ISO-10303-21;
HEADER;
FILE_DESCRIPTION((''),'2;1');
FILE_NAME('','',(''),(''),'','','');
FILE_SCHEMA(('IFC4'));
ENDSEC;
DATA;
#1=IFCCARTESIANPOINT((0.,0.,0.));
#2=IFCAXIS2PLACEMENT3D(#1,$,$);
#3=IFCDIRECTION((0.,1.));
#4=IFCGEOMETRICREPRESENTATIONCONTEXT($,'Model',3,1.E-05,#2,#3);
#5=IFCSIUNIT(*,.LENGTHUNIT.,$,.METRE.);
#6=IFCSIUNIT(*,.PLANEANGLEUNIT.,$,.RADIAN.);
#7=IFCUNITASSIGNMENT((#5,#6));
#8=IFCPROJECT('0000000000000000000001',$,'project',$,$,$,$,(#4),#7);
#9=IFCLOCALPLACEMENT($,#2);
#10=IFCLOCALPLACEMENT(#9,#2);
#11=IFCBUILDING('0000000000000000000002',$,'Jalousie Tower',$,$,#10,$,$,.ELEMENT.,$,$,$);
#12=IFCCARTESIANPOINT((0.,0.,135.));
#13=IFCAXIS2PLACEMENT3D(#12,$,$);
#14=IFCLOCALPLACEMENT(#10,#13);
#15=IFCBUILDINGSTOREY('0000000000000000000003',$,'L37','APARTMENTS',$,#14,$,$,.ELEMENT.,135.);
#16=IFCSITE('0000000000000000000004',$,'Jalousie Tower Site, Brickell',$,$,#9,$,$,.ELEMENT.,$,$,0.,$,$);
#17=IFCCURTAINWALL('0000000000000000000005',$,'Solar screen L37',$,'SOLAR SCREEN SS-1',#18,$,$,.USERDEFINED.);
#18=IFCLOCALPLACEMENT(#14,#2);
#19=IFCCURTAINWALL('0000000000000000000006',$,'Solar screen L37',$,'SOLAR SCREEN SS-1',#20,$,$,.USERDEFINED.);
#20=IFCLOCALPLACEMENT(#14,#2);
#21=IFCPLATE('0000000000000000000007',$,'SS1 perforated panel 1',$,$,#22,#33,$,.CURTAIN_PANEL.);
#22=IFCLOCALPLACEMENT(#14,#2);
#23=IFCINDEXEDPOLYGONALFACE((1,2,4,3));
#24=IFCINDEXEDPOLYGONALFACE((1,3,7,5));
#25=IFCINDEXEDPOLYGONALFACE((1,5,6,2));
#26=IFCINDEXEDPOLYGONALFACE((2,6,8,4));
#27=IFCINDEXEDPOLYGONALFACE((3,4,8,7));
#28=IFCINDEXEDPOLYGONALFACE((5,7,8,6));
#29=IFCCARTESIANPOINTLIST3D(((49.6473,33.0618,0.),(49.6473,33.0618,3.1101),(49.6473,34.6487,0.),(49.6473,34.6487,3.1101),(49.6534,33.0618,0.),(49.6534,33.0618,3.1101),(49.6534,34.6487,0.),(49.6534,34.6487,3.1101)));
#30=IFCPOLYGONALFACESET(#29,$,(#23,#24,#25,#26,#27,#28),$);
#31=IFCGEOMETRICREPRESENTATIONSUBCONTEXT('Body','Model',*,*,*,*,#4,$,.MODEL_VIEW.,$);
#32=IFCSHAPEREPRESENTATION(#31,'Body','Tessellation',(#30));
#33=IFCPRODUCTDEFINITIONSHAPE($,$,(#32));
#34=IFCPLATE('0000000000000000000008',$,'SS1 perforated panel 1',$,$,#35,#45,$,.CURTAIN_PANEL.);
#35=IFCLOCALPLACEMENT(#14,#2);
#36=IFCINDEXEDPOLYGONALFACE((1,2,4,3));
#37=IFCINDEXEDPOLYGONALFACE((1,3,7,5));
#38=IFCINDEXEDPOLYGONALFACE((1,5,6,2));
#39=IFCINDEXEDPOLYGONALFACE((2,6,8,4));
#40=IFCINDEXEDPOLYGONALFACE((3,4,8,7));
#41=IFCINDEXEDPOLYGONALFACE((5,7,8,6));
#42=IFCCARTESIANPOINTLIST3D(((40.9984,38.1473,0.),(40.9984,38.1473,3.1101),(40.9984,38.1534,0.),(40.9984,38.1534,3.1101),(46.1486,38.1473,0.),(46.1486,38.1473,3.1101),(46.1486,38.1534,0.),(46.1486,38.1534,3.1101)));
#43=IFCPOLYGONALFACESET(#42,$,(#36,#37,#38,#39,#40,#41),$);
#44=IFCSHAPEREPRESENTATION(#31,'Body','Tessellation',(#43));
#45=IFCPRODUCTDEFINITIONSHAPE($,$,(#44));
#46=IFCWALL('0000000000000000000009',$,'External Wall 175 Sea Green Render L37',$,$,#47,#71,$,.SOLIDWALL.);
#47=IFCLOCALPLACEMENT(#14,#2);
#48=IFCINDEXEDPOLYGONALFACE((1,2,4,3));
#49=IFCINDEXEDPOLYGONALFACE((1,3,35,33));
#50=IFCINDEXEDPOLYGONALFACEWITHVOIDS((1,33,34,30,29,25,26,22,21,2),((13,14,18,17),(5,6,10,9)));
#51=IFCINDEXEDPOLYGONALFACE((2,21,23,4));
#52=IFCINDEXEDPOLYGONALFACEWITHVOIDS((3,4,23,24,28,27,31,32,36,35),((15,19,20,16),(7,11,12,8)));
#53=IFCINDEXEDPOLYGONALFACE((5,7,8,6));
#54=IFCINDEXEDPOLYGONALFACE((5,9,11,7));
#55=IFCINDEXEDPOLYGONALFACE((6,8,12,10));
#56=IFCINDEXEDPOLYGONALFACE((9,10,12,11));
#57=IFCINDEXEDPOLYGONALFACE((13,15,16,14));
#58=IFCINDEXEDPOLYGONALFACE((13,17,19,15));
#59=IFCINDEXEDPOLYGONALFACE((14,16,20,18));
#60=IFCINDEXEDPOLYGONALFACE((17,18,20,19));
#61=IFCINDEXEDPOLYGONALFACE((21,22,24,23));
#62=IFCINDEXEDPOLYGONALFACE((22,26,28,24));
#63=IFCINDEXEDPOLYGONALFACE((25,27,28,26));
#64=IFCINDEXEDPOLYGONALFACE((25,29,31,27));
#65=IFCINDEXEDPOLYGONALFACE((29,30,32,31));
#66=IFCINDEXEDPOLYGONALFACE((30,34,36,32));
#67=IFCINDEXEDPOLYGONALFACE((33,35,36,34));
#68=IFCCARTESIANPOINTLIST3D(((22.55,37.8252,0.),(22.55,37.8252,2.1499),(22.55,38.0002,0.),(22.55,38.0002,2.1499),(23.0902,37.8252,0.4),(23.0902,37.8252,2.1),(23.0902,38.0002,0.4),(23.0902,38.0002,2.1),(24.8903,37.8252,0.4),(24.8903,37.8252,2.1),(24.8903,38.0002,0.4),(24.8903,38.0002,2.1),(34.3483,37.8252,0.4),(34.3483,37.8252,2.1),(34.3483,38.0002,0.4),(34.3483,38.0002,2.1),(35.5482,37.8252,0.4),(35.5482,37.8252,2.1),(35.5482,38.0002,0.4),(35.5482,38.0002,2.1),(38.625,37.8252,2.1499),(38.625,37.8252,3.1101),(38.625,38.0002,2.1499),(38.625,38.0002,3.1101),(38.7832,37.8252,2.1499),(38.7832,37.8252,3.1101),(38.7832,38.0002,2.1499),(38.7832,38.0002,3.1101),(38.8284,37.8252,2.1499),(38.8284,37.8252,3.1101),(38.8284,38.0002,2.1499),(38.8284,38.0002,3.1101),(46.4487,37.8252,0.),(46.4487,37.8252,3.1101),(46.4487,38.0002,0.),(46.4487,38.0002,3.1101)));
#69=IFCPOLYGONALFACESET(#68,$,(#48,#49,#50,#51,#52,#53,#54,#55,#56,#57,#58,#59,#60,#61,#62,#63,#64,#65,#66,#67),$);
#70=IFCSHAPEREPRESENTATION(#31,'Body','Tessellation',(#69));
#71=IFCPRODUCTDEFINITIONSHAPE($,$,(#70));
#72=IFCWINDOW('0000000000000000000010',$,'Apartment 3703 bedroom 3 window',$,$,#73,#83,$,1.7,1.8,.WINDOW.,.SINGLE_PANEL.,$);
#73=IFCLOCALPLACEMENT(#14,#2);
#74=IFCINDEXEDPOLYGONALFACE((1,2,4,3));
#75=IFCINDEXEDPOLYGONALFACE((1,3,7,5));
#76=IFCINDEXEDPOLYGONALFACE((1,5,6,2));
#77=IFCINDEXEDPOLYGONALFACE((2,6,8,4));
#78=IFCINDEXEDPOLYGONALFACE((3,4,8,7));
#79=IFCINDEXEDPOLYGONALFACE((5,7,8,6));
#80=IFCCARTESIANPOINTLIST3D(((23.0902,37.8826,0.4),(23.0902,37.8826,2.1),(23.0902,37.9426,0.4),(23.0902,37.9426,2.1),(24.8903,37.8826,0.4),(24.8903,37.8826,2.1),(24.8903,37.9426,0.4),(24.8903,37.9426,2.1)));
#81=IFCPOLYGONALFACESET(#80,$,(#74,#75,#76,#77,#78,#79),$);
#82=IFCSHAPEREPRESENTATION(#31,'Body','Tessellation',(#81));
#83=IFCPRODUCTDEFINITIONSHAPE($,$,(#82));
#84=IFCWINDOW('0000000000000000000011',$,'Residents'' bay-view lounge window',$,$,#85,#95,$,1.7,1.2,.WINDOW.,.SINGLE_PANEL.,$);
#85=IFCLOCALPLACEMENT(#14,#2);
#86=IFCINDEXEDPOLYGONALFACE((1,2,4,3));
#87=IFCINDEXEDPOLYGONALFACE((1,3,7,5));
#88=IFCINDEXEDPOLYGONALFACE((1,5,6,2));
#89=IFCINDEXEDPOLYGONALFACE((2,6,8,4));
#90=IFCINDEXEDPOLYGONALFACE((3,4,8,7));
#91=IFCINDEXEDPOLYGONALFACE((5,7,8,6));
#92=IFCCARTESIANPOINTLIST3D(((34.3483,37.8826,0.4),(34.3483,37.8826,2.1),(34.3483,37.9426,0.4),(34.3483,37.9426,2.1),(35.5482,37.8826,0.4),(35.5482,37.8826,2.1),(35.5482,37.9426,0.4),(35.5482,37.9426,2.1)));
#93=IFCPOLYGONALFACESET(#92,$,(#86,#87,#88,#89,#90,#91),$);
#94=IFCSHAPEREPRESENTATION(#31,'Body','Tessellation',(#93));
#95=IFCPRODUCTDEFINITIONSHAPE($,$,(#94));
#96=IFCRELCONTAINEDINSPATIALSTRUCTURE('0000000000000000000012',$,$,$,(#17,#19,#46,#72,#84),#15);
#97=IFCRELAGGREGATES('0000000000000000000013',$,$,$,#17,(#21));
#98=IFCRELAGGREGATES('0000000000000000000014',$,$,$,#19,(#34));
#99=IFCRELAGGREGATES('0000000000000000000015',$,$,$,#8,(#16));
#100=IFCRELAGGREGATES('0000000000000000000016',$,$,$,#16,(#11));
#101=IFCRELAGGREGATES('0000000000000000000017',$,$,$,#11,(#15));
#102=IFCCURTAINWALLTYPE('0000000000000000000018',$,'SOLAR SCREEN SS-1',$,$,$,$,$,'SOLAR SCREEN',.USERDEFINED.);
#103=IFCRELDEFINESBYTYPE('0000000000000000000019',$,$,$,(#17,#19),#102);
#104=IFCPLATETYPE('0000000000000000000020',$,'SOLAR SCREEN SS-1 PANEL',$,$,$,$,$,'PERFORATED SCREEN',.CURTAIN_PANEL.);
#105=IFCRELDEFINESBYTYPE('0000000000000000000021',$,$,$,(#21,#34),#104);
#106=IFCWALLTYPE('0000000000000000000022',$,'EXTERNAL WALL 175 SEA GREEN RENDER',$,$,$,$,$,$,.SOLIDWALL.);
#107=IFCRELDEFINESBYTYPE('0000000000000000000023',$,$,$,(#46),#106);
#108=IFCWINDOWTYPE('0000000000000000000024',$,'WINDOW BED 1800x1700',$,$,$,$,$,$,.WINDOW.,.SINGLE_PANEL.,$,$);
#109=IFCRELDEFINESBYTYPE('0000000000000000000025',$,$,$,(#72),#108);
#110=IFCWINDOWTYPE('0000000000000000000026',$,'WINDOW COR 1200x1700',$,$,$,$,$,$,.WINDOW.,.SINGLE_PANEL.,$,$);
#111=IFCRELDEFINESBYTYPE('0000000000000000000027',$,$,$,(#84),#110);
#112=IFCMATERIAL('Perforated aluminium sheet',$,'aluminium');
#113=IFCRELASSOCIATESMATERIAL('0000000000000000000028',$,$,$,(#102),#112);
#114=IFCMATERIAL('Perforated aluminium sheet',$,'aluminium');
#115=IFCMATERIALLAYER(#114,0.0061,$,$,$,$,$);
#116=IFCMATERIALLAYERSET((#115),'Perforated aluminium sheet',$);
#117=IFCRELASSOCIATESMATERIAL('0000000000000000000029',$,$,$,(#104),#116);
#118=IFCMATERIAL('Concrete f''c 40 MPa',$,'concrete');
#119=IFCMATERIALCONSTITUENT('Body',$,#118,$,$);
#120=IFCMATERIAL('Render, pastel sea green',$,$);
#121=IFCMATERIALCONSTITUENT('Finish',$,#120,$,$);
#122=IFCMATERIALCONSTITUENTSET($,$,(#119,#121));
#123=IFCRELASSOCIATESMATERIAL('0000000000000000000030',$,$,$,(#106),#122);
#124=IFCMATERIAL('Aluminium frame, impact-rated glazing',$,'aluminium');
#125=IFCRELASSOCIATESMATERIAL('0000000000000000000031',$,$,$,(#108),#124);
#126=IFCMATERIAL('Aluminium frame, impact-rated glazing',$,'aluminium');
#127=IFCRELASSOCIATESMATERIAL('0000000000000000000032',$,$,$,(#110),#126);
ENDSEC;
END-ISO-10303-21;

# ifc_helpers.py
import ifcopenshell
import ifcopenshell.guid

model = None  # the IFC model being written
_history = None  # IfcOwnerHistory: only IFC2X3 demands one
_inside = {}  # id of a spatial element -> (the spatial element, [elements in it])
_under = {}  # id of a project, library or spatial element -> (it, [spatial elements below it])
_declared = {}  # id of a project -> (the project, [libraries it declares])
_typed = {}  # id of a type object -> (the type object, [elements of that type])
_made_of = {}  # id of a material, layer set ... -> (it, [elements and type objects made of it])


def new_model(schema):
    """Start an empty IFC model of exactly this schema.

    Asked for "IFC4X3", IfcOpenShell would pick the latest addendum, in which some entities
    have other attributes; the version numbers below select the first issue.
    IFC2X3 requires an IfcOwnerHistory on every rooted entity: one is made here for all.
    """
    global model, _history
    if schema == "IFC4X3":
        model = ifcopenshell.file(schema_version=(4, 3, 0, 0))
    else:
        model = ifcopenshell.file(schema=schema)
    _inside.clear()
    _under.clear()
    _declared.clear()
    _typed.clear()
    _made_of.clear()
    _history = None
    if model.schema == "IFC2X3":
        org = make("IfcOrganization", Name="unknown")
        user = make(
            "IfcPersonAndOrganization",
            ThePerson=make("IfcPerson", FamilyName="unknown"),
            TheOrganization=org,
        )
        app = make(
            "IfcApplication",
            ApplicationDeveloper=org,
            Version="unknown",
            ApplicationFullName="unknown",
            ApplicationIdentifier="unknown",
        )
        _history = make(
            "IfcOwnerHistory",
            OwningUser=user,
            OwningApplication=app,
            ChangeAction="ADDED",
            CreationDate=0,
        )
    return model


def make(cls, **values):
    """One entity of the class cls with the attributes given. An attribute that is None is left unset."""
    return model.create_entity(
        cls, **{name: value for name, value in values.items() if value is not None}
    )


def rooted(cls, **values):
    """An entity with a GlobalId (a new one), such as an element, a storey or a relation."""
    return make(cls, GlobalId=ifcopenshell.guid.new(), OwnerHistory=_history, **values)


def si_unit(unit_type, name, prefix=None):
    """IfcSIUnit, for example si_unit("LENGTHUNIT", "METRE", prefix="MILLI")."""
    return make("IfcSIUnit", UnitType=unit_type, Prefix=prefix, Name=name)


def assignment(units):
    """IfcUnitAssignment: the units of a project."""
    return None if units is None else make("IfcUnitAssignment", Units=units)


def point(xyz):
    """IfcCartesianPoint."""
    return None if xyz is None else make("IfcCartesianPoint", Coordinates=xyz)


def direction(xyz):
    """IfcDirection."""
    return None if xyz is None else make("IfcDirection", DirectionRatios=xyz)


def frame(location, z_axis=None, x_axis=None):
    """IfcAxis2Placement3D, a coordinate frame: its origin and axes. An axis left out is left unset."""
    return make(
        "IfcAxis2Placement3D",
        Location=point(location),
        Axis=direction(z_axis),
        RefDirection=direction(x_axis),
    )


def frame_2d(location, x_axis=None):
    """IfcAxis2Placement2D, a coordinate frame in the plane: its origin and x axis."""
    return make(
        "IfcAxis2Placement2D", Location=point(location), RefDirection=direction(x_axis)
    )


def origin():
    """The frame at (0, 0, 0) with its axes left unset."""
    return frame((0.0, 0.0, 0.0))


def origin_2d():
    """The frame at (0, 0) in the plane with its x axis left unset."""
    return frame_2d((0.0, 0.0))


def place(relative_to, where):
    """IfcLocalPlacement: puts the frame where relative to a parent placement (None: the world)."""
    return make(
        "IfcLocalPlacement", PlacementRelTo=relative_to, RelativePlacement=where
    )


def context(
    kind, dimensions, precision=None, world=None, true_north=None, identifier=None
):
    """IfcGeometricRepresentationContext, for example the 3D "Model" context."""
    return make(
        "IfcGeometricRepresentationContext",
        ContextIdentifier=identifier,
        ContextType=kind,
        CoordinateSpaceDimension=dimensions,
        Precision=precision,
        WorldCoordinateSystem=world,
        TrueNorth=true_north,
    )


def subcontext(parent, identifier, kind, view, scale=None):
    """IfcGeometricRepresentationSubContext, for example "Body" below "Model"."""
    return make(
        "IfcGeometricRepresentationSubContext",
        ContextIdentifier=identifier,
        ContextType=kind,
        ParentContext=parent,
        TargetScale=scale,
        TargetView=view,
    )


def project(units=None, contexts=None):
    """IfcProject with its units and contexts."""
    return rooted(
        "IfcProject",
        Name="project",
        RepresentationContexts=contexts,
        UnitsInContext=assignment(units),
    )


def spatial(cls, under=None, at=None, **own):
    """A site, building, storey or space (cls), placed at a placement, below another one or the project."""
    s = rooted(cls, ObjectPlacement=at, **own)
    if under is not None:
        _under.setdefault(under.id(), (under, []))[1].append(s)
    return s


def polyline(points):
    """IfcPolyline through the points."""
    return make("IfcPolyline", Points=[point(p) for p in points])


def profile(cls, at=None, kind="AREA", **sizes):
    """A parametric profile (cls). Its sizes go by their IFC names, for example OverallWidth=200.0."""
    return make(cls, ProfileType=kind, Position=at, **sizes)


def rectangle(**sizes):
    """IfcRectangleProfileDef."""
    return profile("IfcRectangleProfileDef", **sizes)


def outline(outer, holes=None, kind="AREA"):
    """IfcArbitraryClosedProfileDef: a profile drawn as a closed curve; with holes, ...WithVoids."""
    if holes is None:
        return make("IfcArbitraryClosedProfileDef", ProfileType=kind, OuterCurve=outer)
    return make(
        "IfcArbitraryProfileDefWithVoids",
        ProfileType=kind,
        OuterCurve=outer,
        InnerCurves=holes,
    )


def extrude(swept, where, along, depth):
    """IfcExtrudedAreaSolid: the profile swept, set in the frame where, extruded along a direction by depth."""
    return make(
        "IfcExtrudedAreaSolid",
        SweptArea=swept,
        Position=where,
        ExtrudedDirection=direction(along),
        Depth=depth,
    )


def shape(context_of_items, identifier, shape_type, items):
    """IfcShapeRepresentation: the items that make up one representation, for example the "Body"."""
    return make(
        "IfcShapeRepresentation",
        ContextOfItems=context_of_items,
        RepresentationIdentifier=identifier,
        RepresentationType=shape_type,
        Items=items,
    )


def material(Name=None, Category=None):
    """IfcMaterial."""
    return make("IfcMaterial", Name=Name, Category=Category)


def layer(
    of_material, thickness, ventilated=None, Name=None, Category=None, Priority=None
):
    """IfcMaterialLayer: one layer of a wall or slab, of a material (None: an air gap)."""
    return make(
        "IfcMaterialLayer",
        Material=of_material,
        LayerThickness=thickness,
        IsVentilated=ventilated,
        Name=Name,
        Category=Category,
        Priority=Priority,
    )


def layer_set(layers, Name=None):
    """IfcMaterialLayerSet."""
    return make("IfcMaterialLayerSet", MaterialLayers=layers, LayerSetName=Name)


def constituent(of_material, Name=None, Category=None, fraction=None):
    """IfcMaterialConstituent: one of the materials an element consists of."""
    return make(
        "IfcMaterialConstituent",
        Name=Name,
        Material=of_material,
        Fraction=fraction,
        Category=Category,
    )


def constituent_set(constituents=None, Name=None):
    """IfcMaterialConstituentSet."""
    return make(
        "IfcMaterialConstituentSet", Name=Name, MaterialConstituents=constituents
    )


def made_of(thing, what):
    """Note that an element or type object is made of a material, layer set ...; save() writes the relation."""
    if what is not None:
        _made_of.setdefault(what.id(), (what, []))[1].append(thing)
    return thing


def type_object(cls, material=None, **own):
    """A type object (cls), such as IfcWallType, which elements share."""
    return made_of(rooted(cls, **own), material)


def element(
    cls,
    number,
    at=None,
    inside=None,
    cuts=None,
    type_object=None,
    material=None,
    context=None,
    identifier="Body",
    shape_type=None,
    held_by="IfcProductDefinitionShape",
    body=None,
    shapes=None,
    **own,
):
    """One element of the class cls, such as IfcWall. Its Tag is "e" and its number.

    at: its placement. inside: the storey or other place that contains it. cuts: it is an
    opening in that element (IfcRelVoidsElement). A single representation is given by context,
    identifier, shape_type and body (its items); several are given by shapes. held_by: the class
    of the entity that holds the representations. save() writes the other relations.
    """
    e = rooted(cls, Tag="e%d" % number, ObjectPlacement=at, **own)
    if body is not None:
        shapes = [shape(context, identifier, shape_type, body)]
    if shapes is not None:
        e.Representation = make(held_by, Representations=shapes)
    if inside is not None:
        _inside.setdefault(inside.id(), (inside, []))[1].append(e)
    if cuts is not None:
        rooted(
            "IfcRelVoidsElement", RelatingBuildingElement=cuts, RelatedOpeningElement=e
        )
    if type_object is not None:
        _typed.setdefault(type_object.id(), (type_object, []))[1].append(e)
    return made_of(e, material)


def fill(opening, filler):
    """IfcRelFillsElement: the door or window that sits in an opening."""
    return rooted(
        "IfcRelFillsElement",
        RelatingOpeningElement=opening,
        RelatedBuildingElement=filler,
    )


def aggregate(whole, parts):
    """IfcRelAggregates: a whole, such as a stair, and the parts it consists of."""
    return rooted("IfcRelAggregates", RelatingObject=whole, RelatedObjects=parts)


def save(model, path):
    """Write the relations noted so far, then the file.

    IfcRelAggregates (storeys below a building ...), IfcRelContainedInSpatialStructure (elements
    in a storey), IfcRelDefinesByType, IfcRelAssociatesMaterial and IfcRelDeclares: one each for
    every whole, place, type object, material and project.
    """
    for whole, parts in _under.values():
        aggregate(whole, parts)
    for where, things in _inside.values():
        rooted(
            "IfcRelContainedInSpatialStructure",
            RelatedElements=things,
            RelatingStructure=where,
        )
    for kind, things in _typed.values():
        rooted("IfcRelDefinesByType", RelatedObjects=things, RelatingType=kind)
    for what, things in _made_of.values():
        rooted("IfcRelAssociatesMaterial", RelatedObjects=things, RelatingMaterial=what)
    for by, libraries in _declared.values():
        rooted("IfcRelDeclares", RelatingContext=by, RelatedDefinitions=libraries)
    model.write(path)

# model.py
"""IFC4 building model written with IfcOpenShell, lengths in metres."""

from ifc_helpers import new_model, si_unit, direction, frame, frame_2d, origin, origin_2d, place, context, subcontext, project, spatial, polyline, rectangle, outline, extrude, material, layer, layer_set, constituent, constituent_set, type_object, element, fill, aggregate, save


model = new_model("IFC4")

# Units and contexts
model_context = context("Model", 3, precision=1e-05, world=origin(), true_north=direction((0.0, 1.0)))
body_context = subcontext(model_context, "Body", "Model", "MODEL_VIEW")
ifc_project = project(units=[si_unit("LENGTHUNIT", "METRE"), si_unit("PLANEANGLEUNIT", "RADIAN")], contexts=[model_context])

# Site, building, storey
site_placement = place(None, origin())
site = spatial("IfcSite", under=ifc_project, at=site_placement, Name="Jalousie Tower Site, Brickell", CompositionType="ELEMENT", RefElevation=0.0)
building_placement = place(site_placement, origin())
building = spatial("IfcBuilding", under=site, at=building_placement, Name="Jalousie Tower", CompositionType="ELEMENT")
storey_placement = place(building_placement, frame((0.0, 0.0, 135.0)))
storey = spatial("IfcBuildingStorey", under=building, at=storey_placement, Name="L37", Description="APARTMENTS", CompositionType="ELEMENT", Elevation=135.0)

# Curtain walls
ifc_material_1 = material(Name="Perforated aluminium sheet", Category="aluminium")
curtain_wall_type_1 = type_object("IfcCurtainWallType", Name="SOLAR SCREEN SS-1", ElementType="SOLAR SCREEN", PredefinedType="USERDEFINED", material=ifc_material_1)
curtain_wall_1_placement = place(storey_placement, origin())
curtain_wall_1 = element("IfcCurtainWall", 1, at=curtain_wall_1_placement, inside=storey, type_object=curtain_wall_type_1, Name="Solar screen L37", ObjectType="SOLAR SCREEN SS-1", PredefinedType="USERDEFINED")
curtain_wall_2_placement = place(storey_placement, origin())
curtain_wall_2 = element("IfcCurtainWall", 2, at=curtain_wall_2_placement, inside=storey, type_object=curtain_wall_type_1, Name="Solar screen L37", ObjectType="SOLAR SCREEN SS-1", PredefinedType="USERDEFINED")

# Plates
ifc_material_2 = material(Name="Perforated aluminium sheet", Category="aluminium")
ifc_layer_1 = layer(ifc_material_2, 0.0061)
ifc_layer_set_1 = layer_set([ifc_layer_1], Name="Perforated aluminium sheet")
plate_type_1 = type_object("IfcPlateType", Name="SOLAR SCREEN SS-1 PANEL", ElementType="PERFORATED SCREEN", PredefinedType="CURTAIN_PANEL", material=ifc_layer_set_1)
plate_1_placement = place(storey_placement, frame((49.6504, 33.8552, 0.0), z_axis=(0.0, 0.0, 1.0), x_axis=(0.0, 1.0, 0.0)))
plate_1 = element("IfcPlate", 3, at=plate_1_placement, type_object=plate_type_1, Name="SS1 perforated panel 1", PredefinedType="CURTAIN_PANEL", context=body_context, shape_type="SweptSolid", body=[
    extrude(rectangle(XDim=1.5869, YDim=0.0061, at=origin_2d()), origin(), (0.0, 0.0, 1.0), 3.1101),
])
aggregate(curtain_wall_1, [plate_1])
plate_2_placement = place(storey_placement, frame((43.5735, 38.1504, 0.0), z_axis=(0.0, 0.0, 1.0), x_axis=(-1.0, 0.0, 0.0)))
plate_2 = element("IfcPlate", 4, at=plate_2_placement, type_object=plate_type_1, Name="SS1 perforated panel 1", PredefinedType="CURTAIN_PANEL", context=body_context, shape_type="SweptSolid", body=[
    extrude(rectangle(XDim=5.1501, YDim=0.0061, at=origin_2d()), origin(), (0.0, 0.0, 1.0), 3.1101),
])
aggregate(curtain_wall_2, [plate_2])

# Wall, openings, windows
ifc_material_3 = material(Name="Concrete f'c 40 MPa", Category="concrete")
ifc_constituent_1 = constituent(ifc_material_3, Name="Body")
ifc_material_4 = material(Name="Render, pastel sea green")
ifc_constituent_2 = constituent(ifc_material_4, Name="Finish")
ifc_constituent_set = constituent_set(constituents=[ifc_constituent_1, ifc_constituent_2])
wall_type = type_object("IfcWallType", Name="EXTERNAL WALL 175 SEA GREEN RENDER", PredefinedType="SOLIDWALL", material=ifc_constituent_set)
wall_placement = place(storey_placement, frame((46.4487, 37.9126, 0.0), z_axis=(0.0, 0.0, 1.0), x_axis=(-1.0, 0.0, 0.0)))
wall = element("IfcWall", 5, at=wall_placement, inside=storey, type_object=wall_type, Name="External Wall 175 Sea Green Render L37", PredefinedType="SOLIDWALL", context=body_context, shape_type="SweptSolid", body=[
    extrude(outline(polyline([(0.0, 0.0), (23.8987, 0.0), (23.8987, 2.1499), (7.8237, 2.1499), (7.8237, 3.1101), (7.6655, 3.1101), (7.6655, 2.1499), (7.6204, 2.1499), (7.6204, 3.1101), (0.0, 3.1101), (0.0, 0.0)])), frame((0.0, 0.0874, 0.0), z_axis=(0.0, -1.0, 0.0), x_axis=(1.0, 0.0, 0.0)), (0.0, 0.0, 1.0), 0.175),
])
opening_1_placement = place(wall_placement, frame((10.9004, 0.0, 0.3999)))
opening_1 = element("IfcOpeningElement", 6, at=opening_1_placement, cuts=wall, PredefinedType="OPENING", context=body_context, shape_type="SweptSolid", body=[
    extrude(rectangle(XDim=1.2, YDim=1.7, at=frame_2d((0.6001, 0.8501))), frame((0.0, 0.0974, 0.0), z_axis=(0.0, -1.0, 0.0), x_axis=(1.0, 0.0, 0.0)), (0.0, 0.0, 1.0), 0.1951),
])
opening_2_placement = place(wall_placement, frame((21.5586, 0.0, 0.3999)))
opening_2 = element("IfcOpeningElement", 7, at=opening_2_placement, cuts=wall, PredefinedType="OPENING", context=body_context, shape_type="SweptSolid", body=[
    extrude(rectangle(XDim=1.8, YDim=1.7, at=frame_2d((0.8999, 0.8501))), frame((0.0, 0.0974, 0.0), z_axis=(0.0, -1.0, 0.0), x_axis=(1.0, 0.0, 0.0)), (0.0, 0.0, 1.0), 0.1951),
])
ifc_material_5 = material(Name="Aluminium frame, impact-rated glazing", Category="aluminium")
window_type_1 = type_object("IfcWindowType", Name="WINDOW BED 1800x1700", PartitioningType="SINGLE_PANEL", PredefinedType="WINDOW", material=ifc_material_5)
window_1_placement = place(opening_2_placement, origin())
window_1 = element("IfcWindow", 8, at=window_1_placement, inside=storey, type_object=window_type_1, Name="Apartment 3703 bedroom 3 window", OverallHeight=1.7, OverallWidth=1.8, PartitioningType="SINGLE_PANEL", PredefinedType="WINDOW", context=body_context, shape_type="SweptSolid", body=[
    extrude(rectangle(XDim=1.8, YDim=1.7, at=frame_2d((0.8999, 0.8501))), frame((0.0, 0.03, 0.0), z_axis=(0.0, -1.0, 0.0), x_axis=(1.0, 0.0, 0.0)), (0.0, 0.0, 1.0), 0.0601),
])
fill(opening_2, window_1)
ifc_material_6 = material(Name="Aluminium frame, impact-rated glazing", Category="aluminium")
window_type_2 = type_object("IfcWindowType", Name="WINDOW COR 1200x1700", PartitioningType="SINGLE_PANEL", PredefinedType="WINDOW", material=ifc_material_6)
window_2_placement = place(opening_1_placement, origin())
window_2 = element("IfcWindow", 9, at=window_2_placement, inside=storey, type_object=window_type_2, Name="Residents' bay-view lounge window", OverallHeight=1.7, OverallWidth=1.2, PartitioningType="SINGLE_PANEL", PredefinedType="WINDOW", context=body_context, shape_type="SweptSolid", body=[
    extrude(rectangle(XDim=1.2, YDim=1.7, at=frame_2d((0.6001, 0.8501))), frame((0.0, 0.03, 0.0), z_axis=(0.0, -1.0, 0.0), x_axis=(1.0, 0.0, 0.0)), (0.0, 0.0, 1.0), 0.0601),
])
fill(opening_1, window_2)

save(model, "model.ifc")
